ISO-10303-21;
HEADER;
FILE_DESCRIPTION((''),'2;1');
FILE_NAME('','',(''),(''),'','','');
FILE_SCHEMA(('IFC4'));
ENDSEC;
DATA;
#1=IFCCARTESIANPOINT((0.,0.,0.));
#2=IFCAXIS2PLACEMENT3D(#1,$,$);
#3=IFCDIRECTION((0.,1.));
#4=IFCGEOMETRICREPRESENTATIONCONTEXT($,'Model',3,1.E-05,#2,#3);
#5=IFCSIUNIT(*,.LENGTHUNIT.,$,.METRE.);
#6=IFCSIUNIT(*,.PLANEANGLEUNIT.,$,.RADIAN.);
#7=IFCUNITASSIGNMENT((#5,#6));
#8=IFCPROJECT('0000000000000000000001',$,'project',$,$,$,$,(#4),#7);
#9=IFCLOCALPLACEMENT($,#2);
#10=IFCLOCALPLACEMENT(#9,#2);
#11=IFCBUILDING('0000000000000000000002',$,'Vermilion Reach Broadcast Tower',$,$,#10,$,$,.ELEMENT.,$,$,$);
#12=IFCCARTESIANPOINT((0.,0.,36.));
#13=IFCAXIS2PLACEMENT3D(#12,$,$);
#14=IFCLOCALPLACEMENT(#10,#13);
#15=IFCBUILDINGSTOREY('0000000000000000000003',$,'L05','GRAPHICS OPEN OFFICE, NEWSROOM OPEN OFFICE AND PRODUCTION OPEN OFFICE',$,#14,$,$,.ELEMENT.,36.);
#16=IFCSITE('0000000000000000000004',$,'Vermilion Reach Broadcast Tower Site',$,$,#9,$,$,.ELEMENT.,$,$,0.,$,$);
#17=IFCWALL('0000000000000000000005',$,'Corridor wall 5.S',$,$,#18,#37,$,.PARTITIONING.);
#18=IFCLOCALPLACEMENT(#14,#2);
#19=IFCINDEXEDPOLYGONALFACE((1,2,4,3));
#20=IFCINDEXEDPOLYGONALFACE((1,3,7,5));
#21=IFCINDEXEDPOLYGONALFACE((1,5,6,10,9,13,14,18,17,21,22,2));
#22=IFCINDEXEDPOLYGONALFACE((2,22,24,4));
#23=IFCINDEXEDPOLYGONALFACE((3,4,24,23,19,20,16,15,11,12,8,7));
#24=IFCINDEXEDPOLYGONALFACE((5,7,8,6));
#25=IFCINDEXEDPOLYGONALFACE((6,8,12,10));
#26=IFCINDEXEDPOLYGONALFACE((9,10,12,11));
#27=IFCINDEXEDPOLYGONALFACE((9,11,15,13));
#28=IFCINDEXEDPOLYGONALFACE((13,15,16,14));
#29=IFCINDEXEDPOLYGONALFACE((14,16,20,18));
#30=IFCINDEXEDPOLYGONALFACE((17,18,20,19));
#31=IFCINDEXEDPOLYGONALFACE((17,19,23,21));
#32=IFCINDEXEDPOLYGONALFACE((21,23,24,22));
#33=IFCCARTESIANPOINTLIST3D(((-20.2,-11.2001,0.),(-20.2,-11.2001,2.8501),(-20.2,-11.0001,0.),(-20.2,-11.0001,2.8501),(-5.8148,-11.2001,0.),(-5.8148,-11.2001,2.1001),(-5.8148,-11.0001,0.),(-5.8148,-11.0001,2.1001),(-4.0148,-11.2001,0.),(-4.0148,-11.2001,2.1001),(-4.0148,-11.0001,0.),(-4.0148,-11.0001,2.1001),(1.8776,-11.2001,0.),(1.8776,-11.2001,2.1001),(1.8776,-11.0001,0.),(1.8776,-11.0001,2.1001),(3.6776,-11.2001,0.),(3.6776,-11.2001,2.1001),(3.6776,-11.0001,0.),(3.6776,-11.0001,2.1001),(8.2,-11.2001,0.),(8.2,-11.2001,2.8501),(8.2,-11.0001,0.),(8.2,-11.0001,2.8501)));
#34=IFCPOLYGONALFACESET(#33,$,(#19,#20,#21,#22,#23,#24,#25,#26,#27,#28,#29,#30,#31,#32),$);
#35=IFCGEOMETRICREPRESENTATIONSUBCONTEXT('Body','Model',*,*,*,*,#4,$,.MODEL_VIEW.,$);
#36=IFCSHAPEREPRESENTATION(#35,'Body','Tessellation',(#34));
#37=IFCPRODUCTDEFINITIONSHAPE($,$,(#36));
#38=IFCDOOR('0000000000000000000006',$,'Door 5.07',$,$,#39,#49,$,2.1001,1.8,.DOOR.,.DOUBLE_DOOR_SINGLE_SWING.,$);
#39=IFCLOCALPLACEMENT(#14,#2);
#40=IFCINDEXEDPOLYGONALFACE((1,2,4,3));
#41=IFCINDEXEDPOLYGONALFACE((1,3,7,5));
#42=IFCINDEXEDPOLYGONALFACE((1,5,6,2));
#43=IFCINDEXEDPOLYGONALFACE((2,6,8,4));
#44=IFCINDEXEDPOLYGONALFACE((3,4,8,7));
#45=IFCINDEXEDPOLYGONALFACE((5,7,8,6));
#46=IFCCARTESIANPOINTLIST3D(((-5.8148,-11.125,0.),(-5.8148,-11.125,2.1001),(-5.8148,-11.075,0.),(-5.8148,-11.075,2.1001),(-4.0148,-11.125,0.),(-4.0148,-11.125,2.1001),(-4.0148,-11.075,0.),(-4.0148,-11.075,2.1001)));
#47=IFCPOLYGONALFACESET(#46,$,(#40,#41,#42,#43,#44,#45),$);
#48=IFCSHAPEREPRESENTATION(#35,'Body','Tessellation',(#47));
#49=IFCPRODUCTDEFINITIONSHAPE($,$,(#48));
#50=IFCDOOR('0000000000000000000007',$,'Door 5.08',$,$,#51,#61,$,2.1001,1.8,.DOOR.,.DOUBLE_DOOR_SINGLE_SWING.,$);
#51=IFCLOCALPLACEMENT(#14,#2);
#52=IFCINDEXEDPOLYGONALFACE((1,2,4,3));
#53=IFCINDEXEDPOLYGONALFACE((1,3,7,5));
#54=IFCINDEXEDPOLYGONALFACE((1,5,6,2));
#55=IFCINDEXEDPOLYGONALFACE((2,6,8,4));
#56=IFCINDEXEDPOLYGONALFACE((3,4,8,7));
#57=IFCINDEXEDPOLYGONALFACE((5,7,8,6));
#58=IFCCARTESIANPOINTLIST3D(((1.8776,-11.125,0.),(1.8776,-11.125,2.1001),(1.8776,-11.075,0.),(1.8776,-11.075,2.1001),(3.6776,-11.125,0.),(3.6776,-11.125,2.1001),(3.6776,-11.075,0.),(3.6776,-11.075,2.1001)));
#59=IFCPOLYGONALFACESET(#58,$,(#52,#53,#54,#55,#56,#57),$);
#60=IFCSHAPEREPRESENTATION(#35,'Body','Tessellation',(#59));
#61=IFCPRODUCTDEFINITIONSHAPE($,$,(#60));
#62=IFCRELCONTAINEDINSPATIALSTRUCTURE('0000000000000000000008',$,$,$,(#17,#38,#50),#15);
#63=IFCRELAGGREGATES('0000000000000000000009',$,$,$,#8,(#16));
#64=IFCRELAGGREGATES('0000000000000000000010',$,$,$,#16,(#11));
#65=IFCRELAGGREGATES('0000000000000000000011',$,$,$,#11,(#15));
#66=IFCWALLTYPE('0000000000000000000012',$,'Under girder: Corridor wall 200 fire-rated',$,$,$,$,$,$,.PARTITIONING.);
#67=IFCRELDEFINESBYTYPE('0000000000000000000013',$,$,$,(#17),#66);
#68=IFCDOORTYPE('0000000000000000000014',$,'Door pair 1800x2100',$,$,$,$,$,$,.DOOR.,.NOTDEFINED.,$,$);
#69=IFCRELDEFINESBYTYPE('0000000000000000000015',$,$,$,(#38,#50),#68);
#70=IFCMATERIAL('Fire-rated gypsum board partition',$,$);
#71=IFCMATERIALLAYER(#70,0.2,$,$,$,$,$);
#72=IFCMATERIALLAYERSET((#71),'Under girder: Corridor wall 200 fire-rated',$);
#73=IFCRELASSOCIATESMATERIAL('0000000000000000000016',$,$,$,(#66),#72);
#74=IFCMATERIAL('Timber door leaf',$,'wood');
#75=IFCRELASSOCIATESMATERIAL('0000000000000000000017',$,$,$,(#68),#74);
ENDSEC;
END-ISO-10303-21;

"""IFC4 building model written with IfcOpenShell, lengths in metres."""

from ifc_helpers import new_model, si_unit, direction, frame, frame_2d, origin, place, context, subcontext, project, spatial, rectangle, extrude, material, layer, layer_set, type_object, element, fill, save


model = new_model("IFC4")

# Units and contexts
model_context = context("Model", 3, precision=1e-05, world=origin(), true_north=direction((0.0, 1.0)))
body_context = subcontext(model_context, "Body", "Model", "MODEL_VIEW")
ifc_project = project(units=[si_unit("LENGTHUNIT", "METRE"), si_unit("PLANEANGLEUNIT", "RADIAN")], contexts=[model_context])

# Site, building, storey
site_placement = place(None, origin())
site = spatial("IfcSite", under=ifc_project, at=site_placement, Name="Vermilion Reach Broadcast Tower Site", CompositionType="ELEMENT", RefElevation=0.0)
building_placement = place(site_placement, origin())
building = spatial("IfcBuilding", under=site, at=building_placement, Name="Vermilion Reach Broadcast Tower", CompositionType="ELEMENT")
storey_placement = place(building_placement, frame((0.0, 0.0, 36.0)))
storey = spatial("IfcBuildingStorey", under=building, at=storey_placement, Name="L05", Description="GRAPHICS OPEN OFFICE, NEWSROOM OPEN OFFICE AND PRODUCTION OPEN OFFICE", CompositionType="ELEMENT", Elevation=36.0)

# Wall, openings, doors
ifc_material_1 = material(Name="Fire-rated gypsum board partition")
ifc_layer_1 = layer(ifc_material_1, 0.2)
ifc_layer_set_1 = layer_set([ifc_layer_1], Name="Under girder: Corridor wall 200 fire-rated")
wall_type_1 = type_object("IfcWallType", Name="Under girder: Corridor wall 200 fire-rated", PredefinedType="PARTITIONING", material=ifc_layer_set_1)
wall_1_placement = place(storey_placement, frame((8.2, -11.1001, 0.0), z_axis=(0.0, 0.0, 1.0), x_axis=(-1.0, 0.0, 0.0)))
wall_1 = element("IfcWall", 1, at=wall_1_placement, inside=storey, type_object=wall_type_1, Name="Corridor wall 5.S", PredefinedType="PARTITIONING", context=body_context, shape_type="SweptSolid", body=[
    extrude(rectangle(XDim=28.3999, YDim=0.2, at=frame_2d((14.2, 0.0))), origin(), (0.0, 0.0, 1.0), 2.8501),
])
opening_1_placement = place(wall_1_placement, frame((12.2148, 0.0, 0.0)))
opening_1 = element("IfcOpeningElement", 2, at=opening_1_placement, cuts=wall_1, PredefinedType="OPENING", context=body_context, shape_type="SweptSolid", body=[
    extrude(rectangle(XDim=1.8, YDim=2.1001, at=frame_2d((0.8999, 1.05))), frame((0.0, 0.1099, 0.0), z_axis=(0.0, -1.0, 0.0), x_axis=(1.0, 0.0, 0.0)), (0.0, 0.0, 1.0), 0.22),
])
opening_2_placement = place(wall_1_placement, frame((4.5225, 0.0, 0.0)))
opening_2 = element("IfcOpeningElement", 3, at=opening_2_placement, cuts=wall_1, PredefinedType="OPENING", context=body_context, shape_type="SweptSolid", body=[
    extrude(rectangle(XDim=1.8, YDim=2.1001, at=frame_2d((0.8999, 1.05))), frame((0.0, 0.1099, 0.0), z_axis=(0.0, -1.0, 0.0), x_axis=(1.0, 0.0, 0.0)), (0.0, 0.0, 1.0), 0.22),
])
ifc_material_2 = material(Name="Timber door leaf", Category="wood")
door_type = type_object("IfcDoorType", Name="Door pair 1800x2100", OperationType="NOTDEFINED", PredefinedType="DOOR", material=ifc_material_2)
door_1_placement = place(opening_1_placement, origin())
door_1 = element("IfcDoor", 4, at=door_1_placement, inside=storey, type_object=door_type, Name="Door 5.07", OperationType="DOUBLE_DOOR_SINGLE_SWING", OverallHeight=2.1001, OverallWidth=1.8, PredefinedType="DOOR", context=body_context, shape_type="SweptSolid", body=[
    extrude(rectangle(XDim=1.8, YDim=2.1001, at=frame_2d((0.8999, 1.05))), frame((0.0, 0.0249, 0.0), z_axis=(0.0, -1.0, 0.0), x_axis=(1.0, 0.0, 0.0)), (0.0, 0.0, 1.0), 0.05),
])
fill(opening_1, door_1)
door_2_placement = place(opening_2_placement, origin())
door_2 = element("IfcDoor", 5, at=door_2_placement, inside=storey, type_object=door_type, Name="Door 5.08", OperationType="DOUBLE_DOOR_SINGLE_SWING", OverallHeight=2.1001, OverallWidth=1.8, PredefinedType="DOOR", context=body_context, shape_type="SweptSolid", body=[
    extrude(rectangle(XDim=1.8, YDim=2.1001, at=frame_2d((0.8999, 1.05))), frame((0.0, 0.0249, 0.0), z_axis=(0.0, -1.0, 0.0), x_axis=(1.0, 0.0, 0.0)), (0.0, 0.0, 1.0), 0.05),
])
fill(opening_2, door_2)

save(model, "model.ifc")
